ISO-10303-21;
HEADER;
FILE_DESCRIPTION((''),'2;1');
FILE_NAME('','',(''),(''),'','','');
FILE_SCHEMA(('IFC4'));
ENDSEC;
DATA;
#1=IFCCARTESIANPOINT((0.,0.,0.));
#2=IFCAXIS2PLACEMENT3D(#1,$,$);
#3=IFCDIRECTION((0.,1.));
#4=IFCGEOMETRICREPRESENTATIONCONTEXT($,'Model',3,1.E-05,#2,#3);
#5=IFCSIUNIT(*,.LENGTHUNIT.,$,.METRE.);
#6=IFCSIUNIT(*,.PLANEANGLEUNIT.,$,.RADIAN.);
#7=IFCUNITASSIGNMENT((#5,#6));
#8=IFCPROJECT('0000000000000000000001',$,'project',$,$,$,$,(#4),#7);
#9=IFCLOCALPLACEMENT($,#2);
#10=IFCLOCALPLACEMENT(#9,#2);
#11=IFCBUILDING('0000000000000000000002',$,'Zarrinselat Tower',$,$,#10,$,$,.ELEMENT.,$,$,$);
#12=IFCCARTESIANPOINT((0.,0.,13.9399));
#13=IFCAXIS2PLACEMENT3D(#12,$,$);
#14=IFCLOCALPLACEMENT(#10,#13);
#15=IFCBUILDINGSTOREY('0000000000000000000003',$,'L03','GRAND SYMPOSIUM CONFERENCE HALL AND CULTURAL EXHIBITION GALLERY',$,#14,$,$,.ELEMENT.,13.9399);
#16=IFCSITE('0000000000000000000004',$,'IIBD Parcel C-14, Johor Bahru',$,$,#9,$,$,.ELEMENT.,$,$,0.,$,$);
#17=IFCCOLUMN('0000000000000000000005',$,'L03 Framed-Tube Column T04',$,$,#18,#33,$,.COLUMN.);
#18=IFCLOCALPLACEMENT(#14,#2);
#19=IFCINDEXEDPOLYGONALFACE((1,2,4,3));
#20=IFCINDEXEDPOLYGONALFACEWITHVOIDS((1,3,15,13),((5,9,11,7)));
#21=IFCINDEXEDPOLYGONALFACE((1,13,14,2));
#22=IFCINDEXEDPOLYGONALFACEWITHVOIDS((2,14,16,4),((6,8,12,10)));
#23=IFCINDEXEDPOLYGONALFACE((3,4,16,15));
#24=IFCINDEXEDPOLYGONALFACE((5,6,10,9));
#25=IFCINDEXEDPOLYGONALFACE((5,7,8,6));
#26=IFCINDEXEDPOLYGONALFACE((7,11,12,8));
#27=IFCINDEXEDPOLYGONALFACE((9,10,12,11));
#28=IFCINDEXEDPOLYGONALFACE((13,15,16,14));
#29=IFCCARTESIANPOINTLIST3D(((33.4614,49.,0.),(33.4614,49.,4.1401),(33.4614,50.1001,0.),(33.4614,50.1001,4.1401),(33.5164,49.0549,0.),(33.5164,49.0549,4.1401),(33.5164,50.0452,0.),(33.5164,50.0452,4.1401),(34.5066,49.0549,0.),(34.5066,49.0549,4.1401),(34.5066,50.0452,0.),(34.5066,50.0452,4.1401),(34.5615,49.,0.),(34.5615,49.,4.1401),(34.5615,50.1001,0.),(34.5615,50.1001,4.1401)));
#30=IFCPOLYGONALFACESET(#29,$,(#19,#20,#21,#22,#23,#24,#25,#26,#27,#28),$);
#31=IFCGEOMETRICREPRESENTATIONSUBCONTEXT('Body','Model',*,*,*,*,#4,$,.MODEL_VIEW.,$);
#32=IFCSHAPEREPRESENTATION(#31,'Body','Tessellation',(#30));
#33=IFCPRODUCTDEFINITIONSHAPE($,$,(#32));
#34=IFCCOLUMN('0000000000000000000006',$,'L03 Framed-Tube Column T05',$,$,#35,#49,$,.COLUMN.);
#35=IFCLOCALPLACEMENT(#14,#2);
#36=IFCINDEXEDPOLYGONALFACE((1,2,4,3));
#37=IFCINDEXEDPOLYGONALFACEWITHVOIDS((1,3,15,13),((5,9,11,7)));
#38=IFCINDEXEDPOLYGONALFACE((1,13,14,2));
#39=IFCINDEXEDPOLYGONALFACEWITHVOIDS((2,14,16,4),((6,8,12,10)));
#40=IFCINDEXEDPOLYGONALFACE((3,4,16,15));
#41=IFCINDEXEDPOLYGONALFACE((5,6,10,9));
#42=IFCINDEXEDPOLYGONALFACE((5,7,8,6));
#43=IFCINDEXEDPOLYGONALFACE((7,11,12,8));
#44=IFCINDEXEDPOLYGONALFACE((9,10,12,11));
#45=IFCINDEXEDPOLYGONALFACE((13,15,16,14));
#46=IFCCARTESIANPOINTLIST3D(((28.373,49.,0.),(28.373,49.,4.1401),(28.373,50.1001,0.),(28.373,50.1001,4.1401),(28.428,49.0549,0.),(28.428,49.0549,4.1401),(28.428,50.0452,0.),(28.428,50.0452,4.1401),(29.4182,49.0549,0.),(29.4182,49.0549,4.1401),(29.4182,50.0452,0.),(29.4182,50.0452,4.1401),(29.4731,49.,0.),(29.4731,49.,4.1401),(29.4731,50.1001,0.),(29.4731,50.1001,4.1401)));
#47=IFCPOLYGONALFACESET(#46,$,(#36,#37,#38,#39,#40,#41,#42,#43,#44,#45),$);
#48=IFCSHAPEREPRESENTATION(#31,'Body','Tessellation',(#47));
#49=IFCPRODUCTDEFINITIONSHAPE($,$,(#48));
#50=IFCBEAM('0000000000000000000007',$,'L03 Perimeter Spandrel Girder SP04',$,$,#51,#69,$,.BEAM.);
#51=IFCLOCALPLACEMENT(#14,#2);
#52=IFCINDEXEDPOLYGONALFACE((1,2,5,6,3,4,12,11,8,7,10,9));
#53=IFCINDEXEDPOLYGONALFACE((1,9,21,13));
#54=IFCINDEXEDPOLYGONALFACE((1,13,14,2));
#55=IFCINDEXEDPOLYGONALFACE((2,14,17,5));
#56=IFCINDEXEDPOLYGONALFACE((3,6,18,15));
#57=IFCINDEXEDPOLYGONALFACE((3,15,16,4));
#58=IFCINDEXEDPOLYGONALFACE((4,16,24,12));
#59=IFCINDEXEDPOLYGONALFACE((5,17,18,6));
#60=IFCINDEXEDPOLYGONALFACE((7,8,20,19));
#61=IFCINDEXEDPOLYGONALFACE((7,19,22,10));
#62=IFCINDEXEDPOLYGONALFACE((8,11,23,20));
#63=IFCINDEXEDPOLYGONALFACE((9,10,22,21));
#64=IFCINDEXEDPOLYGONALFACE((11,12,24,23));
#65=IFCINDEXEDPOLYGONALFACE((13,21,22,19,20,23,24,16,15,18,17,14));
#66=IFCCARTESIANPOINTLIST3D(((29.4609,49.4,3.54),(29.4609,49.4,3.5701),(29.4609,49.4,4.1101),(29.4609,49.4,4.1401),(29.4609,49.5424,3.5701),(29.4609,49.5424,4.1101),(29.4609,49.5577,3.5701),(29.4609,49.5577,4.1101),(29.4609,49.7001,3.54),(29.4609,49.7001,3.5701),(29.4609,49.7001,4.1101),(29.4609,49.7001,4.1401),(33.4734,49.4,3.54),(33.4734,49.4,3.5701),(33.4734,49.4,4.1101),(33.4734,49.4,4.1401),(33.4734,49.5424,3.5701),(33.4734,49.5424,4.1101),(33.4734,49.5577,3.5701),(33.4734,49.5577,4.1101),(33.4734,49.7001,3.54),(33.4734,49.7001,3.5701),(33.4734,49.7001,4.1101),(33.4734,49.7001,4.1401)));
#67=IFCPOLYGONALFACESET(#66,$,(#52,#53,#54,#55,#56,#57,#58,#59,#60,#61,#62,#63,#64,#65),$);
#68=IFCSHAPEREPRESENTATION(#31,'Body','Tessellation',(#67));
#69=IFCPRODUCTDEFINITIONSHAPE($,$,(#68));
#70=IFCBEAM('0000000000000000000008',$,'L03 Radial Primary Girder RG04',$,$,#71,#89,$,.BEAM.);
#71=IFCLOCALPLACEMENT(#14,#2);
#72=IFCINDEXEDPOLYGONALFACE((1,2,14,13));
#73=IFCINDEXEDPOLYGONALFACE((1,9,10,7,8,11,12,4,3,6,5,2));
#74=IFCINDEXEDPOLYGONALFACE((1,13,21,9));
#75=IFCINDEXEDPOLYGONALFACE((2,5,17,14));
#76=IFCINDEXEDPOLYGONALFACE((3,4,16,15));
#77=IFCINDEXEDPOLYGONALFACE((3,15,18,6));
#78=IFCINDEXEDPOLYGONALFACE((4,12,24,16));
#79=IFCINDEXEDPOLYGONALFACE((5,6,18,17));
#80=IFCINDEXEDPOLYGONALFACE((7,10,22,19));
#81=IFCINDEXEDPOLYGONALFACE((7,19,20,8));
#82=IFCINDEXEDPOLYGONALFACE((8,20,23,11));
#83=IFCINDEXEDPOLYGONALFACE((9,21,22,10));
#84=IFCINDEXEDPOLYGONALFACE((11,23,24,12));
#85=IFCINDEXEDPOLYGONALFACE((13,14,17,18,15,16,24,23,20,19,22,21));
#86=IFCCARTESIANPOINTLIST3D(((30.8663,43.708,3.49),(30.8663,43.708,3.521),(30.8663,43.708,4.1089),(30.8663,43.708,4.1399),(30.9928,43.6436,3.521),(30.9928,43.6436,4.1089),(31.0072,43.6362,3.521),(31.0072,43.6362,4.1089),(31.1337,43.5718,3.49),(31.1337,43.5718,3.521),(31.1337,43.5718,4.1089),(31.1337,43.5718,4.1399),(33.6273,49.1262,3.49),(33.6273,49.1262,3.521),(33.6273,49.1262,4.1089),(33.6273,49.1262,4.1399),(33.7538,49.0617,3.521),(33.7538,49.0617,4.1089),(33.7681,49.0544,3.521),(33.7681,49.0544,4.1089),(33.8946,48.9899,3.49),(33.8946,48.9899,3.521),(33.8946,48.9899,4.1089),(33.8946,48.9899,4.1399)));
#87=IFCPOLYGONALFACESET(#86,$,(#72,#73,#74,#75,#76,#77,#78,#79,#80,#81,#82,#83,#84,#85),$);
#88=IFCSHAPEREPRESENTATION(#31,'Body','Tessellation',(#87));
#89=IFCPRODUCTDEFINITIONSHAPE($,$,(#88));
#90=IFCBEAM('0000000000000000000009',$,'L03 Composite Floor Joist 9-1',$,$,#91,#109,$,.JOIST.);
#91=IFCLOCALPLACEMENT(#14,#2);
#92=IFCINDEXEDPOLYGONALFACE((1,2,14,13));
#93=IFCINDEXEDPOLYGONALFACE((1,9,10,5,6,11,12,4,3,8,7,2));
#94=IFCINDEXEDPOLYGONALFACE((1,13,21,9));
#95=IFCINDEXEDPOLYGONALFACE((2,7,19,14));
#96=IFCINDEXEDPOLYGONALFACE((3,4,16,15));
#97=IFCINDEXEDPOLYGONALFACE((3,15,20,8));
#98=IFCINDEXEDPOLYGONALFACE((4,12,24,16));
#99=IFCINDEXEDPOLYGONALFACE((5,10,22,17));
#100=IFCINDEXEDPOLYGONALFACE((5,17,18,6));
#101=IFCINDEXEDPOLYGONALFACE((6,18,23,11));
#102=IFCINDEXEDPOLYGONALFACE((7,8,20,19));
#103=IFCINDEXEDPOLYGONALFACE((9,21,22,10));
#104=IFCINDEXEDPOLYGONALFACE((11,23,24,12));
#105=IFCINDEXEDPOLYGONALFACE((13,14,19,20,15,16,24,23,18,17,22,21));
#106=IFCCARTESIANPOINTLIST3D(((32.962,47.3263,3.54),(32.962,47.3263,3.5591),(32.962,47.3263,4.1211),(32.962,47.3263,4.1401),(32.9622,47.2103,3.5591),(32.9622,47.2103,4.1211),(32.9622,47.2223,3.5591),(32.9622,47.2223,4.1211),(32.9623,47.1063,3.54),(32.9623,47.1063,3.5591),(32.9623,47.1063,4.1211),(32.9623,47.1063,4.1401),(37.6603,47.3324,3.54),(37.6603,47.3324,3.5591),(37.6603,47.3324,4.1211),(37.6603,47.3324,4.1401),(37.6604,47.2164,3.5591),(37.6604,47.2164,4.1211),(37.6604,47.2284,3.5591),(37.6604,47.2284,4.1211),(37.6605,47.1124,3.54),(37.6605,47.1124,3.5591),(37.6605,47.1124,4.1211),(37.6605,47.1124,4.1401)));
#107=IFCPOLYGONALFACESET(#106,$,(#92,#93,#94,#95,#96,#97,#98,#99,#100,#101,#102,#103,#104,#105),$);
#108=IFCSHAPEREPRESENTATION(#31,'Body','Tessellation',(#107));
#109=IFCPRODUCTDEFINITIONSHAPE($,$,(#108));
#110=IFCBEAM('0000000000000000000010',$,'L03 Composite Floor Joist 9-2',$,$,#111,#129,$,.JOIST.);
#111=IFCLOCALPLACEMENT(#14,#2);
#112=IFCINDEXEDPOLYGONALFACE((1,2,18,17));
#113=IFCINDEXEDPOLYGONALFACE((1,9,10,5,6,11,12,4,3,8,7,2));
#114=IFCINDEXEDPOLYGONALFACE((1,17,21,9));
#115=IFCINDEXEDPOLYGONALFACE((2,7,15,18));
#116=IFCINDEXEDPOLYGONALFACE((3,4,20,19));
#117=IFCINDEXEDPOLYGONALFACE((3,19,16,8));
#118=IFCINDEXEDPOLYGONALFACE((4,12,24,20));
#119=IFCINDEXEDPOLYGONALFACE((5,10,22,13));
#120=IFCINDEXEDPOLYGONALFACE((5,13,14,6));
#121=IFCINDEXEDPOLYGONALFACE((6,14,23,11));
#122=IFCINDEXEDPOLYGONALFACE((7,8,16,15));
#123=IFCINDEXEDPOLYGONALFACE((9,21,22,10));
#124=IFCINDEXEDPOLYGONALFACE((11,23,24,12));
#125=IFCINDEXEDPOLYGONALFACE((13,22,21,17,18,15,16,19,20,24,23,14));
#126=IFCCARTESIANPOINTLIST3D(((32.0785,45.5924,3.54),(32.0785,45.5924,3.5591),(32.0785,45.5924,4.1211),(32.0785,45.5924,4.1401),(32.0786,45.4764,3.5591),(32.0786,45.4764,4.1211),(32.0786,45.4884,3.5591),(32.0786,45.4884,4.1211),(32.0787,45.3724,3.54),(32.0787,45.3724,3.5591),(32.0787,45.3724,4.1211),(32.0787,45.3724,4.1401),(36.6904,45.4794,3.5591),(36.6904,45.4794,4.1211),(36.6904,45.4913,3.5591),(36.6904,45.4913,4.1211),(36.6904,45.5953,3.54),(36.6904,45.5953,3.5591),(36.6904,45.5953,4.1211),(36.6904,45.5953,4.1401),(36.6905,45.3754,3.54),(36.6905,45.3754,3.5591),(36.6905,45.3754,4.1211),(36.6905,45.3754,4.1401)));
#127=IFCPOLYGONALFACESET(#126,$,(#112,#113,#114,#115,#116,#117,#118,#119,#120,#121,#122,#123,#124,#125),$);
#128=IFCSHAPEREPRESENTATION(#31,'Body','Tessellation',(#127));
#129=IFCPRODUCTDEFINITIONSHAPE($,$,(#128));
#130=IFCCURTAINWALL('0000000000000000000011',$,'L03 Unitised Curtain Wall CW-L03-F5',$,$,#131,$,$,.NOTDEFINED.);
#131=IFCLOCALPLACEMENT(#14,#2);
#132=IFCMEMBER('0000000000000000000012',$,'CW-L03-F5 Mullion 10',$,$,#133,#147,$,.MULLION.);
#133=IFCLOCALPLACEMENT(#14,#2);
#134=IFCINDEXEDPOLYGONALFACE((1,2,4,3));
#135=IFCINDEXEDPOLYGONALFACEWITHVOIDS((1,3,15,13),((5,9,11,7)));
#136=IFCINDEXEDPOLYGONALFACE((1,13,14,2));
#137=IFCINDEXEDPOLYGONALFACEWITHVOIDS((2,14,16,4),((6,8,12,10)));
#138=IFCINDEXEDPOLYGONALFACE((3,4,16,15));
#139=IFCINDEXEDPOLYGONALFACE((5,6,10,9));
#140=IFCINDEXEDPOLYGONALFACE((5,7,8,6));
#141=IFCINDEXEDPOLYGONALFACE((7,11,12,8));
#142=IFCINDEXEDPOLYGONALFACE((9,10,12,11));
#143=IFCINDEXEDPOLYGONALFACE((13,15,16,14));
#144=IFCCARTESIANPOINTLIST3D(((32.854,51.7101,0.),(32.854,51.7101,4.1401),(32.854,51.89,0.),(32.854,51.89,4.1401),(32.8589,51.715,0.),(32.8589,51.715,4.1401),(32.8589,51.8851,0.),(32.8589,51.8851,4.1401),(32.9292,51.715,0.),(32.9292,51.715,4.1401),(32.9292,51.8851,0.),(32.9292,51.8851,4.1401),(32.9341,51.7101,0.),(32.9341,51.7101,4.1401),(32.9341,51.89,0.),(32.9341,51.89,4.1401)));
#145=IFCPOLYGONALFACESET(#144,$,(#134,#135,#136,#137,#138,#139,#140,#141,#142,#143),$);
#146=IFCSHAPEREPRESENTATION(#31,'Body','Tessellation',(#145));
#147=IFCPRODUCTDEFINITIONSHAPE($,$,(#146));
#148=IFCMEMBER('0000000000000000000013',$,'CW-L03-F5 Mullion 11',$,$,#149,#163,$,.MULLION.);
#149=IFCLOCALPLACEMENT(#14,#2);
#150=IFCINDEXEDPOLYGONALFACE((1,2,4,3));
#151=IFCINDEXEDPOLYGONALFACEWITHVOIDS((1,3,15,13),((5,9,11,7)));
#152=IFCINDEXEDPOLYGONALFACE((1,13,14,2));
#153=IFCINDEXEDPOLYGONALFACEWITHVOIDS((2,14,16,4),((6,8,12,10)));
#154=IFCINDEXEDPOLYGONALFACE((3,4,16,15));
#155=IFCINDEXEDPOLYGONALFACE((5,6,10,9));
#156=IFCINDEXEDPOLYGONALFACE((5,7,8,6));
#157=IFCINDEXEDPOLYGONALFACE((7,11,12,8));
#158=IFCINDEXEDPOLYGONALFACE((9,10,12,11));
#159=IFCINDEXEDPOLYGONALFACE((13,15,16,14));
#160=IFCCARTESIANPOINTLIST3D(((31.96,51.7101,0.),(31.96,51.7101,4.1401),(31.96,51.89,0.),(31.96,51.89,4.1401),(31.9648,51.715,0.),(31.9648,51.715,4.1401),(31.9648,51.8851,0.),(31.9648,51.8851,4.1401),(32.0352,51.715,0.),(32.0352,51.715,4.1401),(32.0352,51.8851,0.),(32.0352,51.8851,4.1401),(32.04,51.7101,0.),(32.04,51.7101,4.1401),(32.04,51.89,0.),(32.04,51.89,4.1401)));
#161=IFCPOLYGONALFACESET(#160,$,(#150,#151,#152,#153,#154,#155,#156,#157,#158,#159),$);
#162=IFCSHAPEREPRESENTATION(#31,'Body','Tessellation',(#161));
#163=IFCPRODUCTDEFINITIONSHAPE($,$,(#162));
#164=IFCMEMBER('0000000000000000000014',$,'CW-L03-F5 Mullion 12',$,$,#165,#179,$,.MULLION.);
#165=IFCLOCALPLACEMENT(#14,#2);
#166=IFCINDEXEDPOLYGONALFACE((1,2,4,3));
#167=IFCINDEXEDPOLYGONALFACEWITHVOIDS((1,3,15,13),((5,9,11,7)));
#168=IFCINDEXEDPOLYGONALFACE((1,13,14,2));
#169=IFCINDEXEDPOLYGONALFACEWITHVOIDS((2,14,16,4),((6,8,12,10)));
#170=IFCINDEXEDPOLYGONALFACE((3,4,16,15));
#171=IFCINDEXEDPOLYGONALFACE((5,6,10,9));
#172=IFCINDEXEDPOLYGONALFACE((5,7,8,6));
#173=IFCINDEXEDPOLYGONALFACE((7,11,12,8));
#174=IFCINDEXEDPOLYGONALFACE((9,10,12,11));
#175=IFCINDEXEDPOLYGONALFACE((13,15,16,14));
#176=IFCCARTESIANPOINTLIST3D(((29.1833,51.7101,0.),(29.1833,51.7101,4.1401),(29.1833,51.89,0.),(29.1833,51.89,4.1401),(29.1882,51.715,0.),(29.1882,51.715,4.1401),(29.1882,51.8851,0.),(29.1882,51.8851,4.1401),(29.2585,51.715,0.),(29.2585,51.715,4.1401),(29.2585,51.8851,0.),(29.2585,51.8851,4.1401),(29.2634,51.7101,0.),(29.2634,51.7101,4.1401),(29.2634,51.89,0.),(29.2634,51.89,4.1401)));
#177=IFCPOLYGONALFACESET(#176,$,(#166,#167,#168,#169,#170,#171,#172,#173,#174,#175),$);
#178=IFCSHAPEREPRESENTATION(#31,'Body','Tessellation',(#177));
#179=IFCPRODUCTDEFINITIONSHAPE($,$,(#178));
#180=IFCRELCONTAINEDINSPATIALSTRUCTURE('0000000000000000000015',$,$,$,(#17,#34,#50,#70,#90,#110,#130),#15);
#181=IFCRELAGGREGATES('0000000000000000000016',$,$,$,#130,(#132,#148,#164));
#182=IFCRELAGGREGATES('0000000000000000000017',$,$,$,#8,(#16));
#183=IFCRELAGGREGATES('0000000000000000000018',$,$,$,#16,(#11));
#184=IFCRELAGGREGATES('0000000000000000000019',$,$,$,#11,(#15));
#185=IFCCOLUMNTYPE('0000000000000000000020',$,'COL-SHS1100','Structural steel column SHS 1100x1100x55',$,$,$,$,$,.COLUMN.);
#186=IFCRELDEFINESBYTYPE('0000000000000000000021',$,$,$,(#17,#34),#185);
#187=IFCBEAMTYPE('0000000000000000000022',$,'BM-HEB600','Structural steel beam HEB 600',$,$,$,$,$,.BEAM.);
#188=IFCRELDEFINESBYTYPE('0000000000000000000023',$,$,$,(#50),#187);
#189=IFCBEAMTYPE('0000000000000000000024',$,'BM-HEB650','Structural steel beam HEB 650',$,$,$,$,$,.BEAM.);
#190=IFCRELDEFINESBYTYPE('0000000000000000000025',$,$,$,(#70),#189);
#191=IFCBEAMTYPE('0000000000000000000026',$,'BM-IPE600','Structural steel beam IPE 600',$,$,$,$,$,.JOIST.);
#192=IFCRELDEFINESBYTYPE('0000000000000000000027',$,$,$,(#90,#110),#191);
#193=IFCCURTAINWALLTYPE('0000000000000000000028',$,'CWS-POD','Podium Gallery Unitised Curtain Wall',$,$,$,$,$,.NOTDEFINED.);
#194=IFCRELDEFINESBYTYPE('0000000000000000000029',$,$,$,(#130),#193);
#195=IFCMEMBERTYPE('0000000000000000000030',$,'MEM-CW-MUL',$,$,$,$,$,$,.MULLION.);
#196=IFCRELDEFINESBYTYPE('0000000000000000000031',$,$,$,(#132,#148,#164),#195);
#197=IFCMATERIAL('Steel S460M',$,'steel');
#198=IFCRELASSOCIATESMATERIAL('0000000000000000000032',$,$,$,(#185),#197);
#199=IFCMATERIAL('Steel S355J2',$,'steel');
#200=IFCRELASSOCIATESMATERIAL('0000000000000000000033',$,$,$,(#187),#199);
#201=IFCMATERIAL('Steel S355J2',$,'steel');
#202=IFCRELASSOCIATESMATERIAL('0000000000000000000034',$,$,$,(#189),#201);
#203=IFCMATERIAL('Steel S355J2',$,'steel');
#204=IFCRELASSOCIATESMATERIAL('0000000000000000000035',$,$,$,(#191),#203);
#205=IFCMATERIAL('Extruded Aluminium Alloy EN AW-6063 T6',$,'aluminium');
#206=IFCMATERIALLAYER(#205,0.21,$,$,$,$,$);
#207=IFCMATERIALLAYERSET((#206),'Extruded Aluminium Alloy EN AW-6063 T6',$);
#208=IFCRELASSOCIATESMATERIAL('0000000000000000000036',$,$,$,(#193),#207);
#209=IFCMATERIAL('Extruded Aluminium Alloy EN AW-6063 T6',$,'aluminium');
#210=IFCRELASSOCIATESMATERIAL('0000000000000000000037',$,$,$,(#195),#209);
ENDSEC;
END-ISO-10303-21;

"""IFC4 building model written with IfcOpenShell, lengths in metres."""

from ifc_helpers import new_model, si_unit, direction, frame, origin, origin_2d, place, context, subcontext, project, spatial, hollow_rectangle, i_section, extrude, material, layer, layer_set, material_profile, profile_set, type_object, element, aggregate, save


model = new_model("IFC4")

# Units and contexts
model_context = context("Model", 3, precision=1e-05, world=origin(), true_north=direction((0.0, 1.0)))
body_context = subcontext(model_context, "Body", "Model", "MODEL_VIEW")
ifc_project = project(units=[si_unit("LENGTHUNIT", "METRE"), si_unit("PLANEANGLEUNIT", "RADIAN")], contexts=[model_context])

# Site, building, storey
site_placement = place(None, origin())
site = spatial("IfcSite", under=ifc_project, at=site_placement, Name="IIBD Parcel C-14, Johor Bahru", CompositionType="ELEMENT", RefElevation=0.0)
building_placement = place(site_placement, origin())
building = spatial("IfcBuilding", under=site, at=building_placement, Name="Zarrinselat Tower", CompositionType="ELEMENT")
storey_placement = place(building_placement, frame((0.0, 0.0, 13.9399)))
storey = spatial("IfcBuildingStorey", under=building, at=storey_placement, Name="L03", Description="GRAND SYMPOSIUM CONFERENCE HALL AND CULTURAL EXHIBITION GALLERY", CompositionType="ELEMENT", Elevation=13.9399)

# Columns
ifc_material_1 = material(Name="Steel S460M", Category="steel")
ifc_material_profile_1 = material_profile(ifc_material_1, hollow_rectangle(XDim=1.1001, YDim=1.1001, WallThickness=0.0549, at=origin_2d()), Name="SHS 1100x1100x55")
ifc_profile_set_1 = profile_set([ifc_material_profile_1], Name="Steel S460M")
column_type = type_object("IfcColumnType", Name="COL-SHS1100", Description="Structural steel column SHS 1100x1100x55", PredefinedType="COLUMN", material=ifc_profile_set_1)
for number, where, z_axis, x_axis, name in (
    (1, (34.0115, 49.55, 0.0), (0.0, 0.0, 1.0), (1.0, 0.0, 0.0), "L03 Framed-Tube Column T04"),
    (2, (28.9231, 49.55, 0.0), (0.0, 0.0, 1.0), (1.0, 0.0, 0.0), "L03 Framed-Tube Column T05"),
):
    element("IfcColumn", number, at=place(storey_placement, frame(where, z_axis=z_axis, x_axis=x_axis)), inside=storey, type_object=column_type, Name=name, PredefinedType="COLUMN", context=body_context, shape_type="SweptSolid", body=[
        extrude(hollow_rectangle(XDim=1.1001, YDim=1.1001, WallThickness=0.0549, at=origin_2d()), origin(), (0.0, 0.0, 1.0), 4.1401),
    ])

# Beams
ifc_material_2 = material(Name="Steel S355J2", Category="steel")
ifc_material_profile_2 = material_profile(ifc_material_2, i_section(OverallWidth=0.3, OverallDepth=0.6001, WebThickness=0.0154, FlangeThickness=0.03, at=origin_2d()), Name="HEB 600")
ifc_profile_set_2 = profile_set([ifc_material_profile_2], Name="Steel S355J2")
beam_type_1 = type_object("IfcBeamType", Name="BM-HEB600", Description="Structural steel beam HEB 600", PredefinedType="BEAM", material=ifc_profile_set_2)
beam_1_placement = place(storey_placement, frame((29.4609, 49.55, 3.8401), z_axis=(1.0, 0.0, 0.0), x_axis=(0.0, 1.0, 0.0)))
element("IfcBeam", 3, at=beam_1_placement, inside=storey, type_object=beam_type_1, Name="L03 Perimeter Spandrel Girder SP04", PredefinedType="BEAM", context=body_context, shape_type="SweptSolid", body=[
    extrude(i_section(OverallWidth=0.3, OverallDepth=0.6001, WebThickness=0.0154, FlangeThickness=0.03, at=origin_2d()), origin(), (0.0, 0.0, 1.0), 4.0125),
])
ifc_material_3 = material(Name="Steel S355J2", Category="steel")
ifc_material_profile_3 = material_profile(ifc_material_3, i_section(OverallWidth=0.3, OverallDepth=0.6499, WebThickness=0.0161, FlangeThickness=0.031, at=origin_2d()), Name="HEB 650")
ifc_profile_set_3 = profile_set([ifc_material_profile_3], Name="Steel S355J2")
beam_type_2 = type_object("IfcBeamType", Name="BM-HEB650", Description="Structural steel beam HEB 650", PredefinedType="BEAM", material=ifc_profile_set_3)
beam_2_placement = place(storey_placement, frame((31.0, 43.6399, 3.8149), z_axis=(0.454026, 0.890989, 0.0), x_axis=(-0.890989, 0.454026, 0.0)))
element("IfcBeam", 4, at=beam_2_placement, inside=storey, type_object=beam_type_2, Name="L03 Radial Primary Girder RG04", PredefinedType="BEAM", context=body_context, shape_type="SweptSolid", body=[
    extrude(i_section(OverallWidth=0.3, OverallDepth=0.6499, WebThickness=0.0161, FlangeThickness=0.031, at=origin_2d()), origin(), (0.0, 0.0, 1.0), 6.0811),
])
ifc_material_4 = material(Name="Steel S355J2", Category="steel")
ifc_material_profile_4 = material_profile(ifc_material_4, i_section(OverallWidth=0.22, OverallDepth=0.6001, WebThickness=0.012, FlangeThickness=0.019, at=origin_2d()), Name="IPE 600")
ifc_profile_set_4 = profile_set([ifc_material_profile_4], Name="Steel S355J2")
beam_type_3 = type_object("IfcBeamType", Name="BM-IPE600", Description="Structural steel beam IPE 600", PredefinedType="JOIST", material=ifc_profile_set_4)
beam_3_placement = place(storey_placement, frame((32.9622, 47.2163, 3.8401), z_axis=(0.999999, 0.001299, 0.0), x_axis=(-0.001299, 0.999999, 0.0)))
element("IfcBeam", 5, at=beam_3_placement, inside=storey, type_object=beam_type_3, Name="L03 Composite Floor Joist 9-1", PredefinedType="JOIST", context=body_context, shape_type="SweptSolid", body=[
    extrude(i_section(OverallWidth=0.22, OverallDepth=0.6001, WebThickness=0.012, FlangeThickness=0.019, at=origin_2d()), origin(), (0.0, 0.0, 1.0), 4.6982),
])
beam_4_placement = place(storey_placement, frame((32.0786, 45.4824, 3.8401), z_axis=(1.0, 0.000635, 0.0), x_axis=(-0.000635, 1.0, 0.0)))
element("IfcBeam", 6, at=beam_4_placement, inside=storey, type_object=beam_type_3, Name="L03 Composite Floor Joist 9-2", PredefinedType="JOIST", context=body_context, shape_type="SweptSolid", body=[
    extrude(i_section(OverallWidth=0.22, OverallDepth=0.6001, WebThickness=0.012, FlangeThickness=0.019, at=origin_2d()), origin(), (0.0, 0.0, 1.0), 4.6118),
])

# Curtain wall, members
ifc_material_5 = material(Name="Extruded Aluminium Alloy EN AW-6063 T6", Category="aluminium")
ifc_layer_1 = layer(ifc_material_5, 0.21)
ifc_layer_set_1 = layer_set([ifc_layer_1], Name="Extruded Aluminium Alloy EN AW-6063 T6")
curtain_wall_type = type_object("IfcCurtainWallType", Name="CWS-POD", Description="Podium Gallery Unitised Curtain Wall", PredefinedType="NOTDEFINED", material=ifc_layer_set_1)
curtain_wall_placement = place(storey_placement, origin())
curtain_wall = element("IfcCurtainWall", 7, at=curtain_wall_placement, inside=storey, type_object=curtain_wall_type, Name="L03 Unitised Curtain Wall CW-L03-F5", PredefinedType="NOTDEFINED")
ifc_material_6 = material(Name="Extruded Aluminium Alloy EN AW-6063 T6", Category="aluminium")
ifc_material_profile_5 = material_profile(ifc_material_6, hollow_rectangle(XDim=0.0801, YDim=0.1799, WallThickness=0.0049, at=origin_2d()), Name="RHS 180x80x5")
ifc_profile_set_5 = profile_set([ifc_material_profile_5], Name="Extruded Aluminium Alloy EN AW-6063 T6")
member_type = type_object("IfcMemberType", Name="MEM-CW-MUL", PredefinedType="MULLION", material=ifc_profile_set_5)
member_1_placement = place(storey_placement, frame((32.894, 51.8, 0.0), z_axis=(0.0, 0.0, 1.0), x_axis=(-1.0, 0.0, 0.0)))
member_1 = element("IfcMember", 8, at=member_1_placement, type_object=member_type, Name="CW-L03-F5 Mullion 10", PredefinedType="MULLION", context=body_context, shape_type="SweptSolid", body=[
    extrude(hollow_rectangle(XDim=0.0801, YDim=0.1799, WallThickness=0.0049, at=origin_2d()), origin(), (0.0, 0.0, 1.0), 4.1401),
])
member_2_placement = place(storey_placement, frame((32.0, 51.8, 0.0), z_axis=(0.0, 0.0, 1.0), x_axis=(-1.0, 0.0, 0.0)))
member_2 = element("IfcMember", 9, at=member_2_placement, type_object=member_type, Name="CW-L03-F5 Mullion 11", PredefinedType="MULLION", context=body_context, shape_type="SweptSolid", body=[
    extrude(hollow_rectangle(XDim=0.0801, YDim=0.1799, WallThickness=0.0049, at=origin_2d()), origin(), (0.0, 0.0, 1.0), 4.1401),
])
member_3_placement = place(storey_placement, frame((29.2234, 51.8, 0.0), z_axis=(0.0, 0.0, 1.0), x_axis=(-1.0, 0.0, 0.0)))
member_3 = element("IfcMember", 10, at=member_3_placement, type_object=member_type, Name="CW-L03-F5 Mullion 12", PredefinedType="MULLION", context=body_context, shape_type="SweptSolid", body=[
    extrude(hollow_rectangle(XDim=0.0801, YDim=0.1799, WallThickness=0.0049, at=origin_2d()), origin(), (0.0, 0.0, 1.0), 4.1401),
])
aggregate(curtain_wall, [member_1, member_2, member_3])

save(model, "model.ifc")
